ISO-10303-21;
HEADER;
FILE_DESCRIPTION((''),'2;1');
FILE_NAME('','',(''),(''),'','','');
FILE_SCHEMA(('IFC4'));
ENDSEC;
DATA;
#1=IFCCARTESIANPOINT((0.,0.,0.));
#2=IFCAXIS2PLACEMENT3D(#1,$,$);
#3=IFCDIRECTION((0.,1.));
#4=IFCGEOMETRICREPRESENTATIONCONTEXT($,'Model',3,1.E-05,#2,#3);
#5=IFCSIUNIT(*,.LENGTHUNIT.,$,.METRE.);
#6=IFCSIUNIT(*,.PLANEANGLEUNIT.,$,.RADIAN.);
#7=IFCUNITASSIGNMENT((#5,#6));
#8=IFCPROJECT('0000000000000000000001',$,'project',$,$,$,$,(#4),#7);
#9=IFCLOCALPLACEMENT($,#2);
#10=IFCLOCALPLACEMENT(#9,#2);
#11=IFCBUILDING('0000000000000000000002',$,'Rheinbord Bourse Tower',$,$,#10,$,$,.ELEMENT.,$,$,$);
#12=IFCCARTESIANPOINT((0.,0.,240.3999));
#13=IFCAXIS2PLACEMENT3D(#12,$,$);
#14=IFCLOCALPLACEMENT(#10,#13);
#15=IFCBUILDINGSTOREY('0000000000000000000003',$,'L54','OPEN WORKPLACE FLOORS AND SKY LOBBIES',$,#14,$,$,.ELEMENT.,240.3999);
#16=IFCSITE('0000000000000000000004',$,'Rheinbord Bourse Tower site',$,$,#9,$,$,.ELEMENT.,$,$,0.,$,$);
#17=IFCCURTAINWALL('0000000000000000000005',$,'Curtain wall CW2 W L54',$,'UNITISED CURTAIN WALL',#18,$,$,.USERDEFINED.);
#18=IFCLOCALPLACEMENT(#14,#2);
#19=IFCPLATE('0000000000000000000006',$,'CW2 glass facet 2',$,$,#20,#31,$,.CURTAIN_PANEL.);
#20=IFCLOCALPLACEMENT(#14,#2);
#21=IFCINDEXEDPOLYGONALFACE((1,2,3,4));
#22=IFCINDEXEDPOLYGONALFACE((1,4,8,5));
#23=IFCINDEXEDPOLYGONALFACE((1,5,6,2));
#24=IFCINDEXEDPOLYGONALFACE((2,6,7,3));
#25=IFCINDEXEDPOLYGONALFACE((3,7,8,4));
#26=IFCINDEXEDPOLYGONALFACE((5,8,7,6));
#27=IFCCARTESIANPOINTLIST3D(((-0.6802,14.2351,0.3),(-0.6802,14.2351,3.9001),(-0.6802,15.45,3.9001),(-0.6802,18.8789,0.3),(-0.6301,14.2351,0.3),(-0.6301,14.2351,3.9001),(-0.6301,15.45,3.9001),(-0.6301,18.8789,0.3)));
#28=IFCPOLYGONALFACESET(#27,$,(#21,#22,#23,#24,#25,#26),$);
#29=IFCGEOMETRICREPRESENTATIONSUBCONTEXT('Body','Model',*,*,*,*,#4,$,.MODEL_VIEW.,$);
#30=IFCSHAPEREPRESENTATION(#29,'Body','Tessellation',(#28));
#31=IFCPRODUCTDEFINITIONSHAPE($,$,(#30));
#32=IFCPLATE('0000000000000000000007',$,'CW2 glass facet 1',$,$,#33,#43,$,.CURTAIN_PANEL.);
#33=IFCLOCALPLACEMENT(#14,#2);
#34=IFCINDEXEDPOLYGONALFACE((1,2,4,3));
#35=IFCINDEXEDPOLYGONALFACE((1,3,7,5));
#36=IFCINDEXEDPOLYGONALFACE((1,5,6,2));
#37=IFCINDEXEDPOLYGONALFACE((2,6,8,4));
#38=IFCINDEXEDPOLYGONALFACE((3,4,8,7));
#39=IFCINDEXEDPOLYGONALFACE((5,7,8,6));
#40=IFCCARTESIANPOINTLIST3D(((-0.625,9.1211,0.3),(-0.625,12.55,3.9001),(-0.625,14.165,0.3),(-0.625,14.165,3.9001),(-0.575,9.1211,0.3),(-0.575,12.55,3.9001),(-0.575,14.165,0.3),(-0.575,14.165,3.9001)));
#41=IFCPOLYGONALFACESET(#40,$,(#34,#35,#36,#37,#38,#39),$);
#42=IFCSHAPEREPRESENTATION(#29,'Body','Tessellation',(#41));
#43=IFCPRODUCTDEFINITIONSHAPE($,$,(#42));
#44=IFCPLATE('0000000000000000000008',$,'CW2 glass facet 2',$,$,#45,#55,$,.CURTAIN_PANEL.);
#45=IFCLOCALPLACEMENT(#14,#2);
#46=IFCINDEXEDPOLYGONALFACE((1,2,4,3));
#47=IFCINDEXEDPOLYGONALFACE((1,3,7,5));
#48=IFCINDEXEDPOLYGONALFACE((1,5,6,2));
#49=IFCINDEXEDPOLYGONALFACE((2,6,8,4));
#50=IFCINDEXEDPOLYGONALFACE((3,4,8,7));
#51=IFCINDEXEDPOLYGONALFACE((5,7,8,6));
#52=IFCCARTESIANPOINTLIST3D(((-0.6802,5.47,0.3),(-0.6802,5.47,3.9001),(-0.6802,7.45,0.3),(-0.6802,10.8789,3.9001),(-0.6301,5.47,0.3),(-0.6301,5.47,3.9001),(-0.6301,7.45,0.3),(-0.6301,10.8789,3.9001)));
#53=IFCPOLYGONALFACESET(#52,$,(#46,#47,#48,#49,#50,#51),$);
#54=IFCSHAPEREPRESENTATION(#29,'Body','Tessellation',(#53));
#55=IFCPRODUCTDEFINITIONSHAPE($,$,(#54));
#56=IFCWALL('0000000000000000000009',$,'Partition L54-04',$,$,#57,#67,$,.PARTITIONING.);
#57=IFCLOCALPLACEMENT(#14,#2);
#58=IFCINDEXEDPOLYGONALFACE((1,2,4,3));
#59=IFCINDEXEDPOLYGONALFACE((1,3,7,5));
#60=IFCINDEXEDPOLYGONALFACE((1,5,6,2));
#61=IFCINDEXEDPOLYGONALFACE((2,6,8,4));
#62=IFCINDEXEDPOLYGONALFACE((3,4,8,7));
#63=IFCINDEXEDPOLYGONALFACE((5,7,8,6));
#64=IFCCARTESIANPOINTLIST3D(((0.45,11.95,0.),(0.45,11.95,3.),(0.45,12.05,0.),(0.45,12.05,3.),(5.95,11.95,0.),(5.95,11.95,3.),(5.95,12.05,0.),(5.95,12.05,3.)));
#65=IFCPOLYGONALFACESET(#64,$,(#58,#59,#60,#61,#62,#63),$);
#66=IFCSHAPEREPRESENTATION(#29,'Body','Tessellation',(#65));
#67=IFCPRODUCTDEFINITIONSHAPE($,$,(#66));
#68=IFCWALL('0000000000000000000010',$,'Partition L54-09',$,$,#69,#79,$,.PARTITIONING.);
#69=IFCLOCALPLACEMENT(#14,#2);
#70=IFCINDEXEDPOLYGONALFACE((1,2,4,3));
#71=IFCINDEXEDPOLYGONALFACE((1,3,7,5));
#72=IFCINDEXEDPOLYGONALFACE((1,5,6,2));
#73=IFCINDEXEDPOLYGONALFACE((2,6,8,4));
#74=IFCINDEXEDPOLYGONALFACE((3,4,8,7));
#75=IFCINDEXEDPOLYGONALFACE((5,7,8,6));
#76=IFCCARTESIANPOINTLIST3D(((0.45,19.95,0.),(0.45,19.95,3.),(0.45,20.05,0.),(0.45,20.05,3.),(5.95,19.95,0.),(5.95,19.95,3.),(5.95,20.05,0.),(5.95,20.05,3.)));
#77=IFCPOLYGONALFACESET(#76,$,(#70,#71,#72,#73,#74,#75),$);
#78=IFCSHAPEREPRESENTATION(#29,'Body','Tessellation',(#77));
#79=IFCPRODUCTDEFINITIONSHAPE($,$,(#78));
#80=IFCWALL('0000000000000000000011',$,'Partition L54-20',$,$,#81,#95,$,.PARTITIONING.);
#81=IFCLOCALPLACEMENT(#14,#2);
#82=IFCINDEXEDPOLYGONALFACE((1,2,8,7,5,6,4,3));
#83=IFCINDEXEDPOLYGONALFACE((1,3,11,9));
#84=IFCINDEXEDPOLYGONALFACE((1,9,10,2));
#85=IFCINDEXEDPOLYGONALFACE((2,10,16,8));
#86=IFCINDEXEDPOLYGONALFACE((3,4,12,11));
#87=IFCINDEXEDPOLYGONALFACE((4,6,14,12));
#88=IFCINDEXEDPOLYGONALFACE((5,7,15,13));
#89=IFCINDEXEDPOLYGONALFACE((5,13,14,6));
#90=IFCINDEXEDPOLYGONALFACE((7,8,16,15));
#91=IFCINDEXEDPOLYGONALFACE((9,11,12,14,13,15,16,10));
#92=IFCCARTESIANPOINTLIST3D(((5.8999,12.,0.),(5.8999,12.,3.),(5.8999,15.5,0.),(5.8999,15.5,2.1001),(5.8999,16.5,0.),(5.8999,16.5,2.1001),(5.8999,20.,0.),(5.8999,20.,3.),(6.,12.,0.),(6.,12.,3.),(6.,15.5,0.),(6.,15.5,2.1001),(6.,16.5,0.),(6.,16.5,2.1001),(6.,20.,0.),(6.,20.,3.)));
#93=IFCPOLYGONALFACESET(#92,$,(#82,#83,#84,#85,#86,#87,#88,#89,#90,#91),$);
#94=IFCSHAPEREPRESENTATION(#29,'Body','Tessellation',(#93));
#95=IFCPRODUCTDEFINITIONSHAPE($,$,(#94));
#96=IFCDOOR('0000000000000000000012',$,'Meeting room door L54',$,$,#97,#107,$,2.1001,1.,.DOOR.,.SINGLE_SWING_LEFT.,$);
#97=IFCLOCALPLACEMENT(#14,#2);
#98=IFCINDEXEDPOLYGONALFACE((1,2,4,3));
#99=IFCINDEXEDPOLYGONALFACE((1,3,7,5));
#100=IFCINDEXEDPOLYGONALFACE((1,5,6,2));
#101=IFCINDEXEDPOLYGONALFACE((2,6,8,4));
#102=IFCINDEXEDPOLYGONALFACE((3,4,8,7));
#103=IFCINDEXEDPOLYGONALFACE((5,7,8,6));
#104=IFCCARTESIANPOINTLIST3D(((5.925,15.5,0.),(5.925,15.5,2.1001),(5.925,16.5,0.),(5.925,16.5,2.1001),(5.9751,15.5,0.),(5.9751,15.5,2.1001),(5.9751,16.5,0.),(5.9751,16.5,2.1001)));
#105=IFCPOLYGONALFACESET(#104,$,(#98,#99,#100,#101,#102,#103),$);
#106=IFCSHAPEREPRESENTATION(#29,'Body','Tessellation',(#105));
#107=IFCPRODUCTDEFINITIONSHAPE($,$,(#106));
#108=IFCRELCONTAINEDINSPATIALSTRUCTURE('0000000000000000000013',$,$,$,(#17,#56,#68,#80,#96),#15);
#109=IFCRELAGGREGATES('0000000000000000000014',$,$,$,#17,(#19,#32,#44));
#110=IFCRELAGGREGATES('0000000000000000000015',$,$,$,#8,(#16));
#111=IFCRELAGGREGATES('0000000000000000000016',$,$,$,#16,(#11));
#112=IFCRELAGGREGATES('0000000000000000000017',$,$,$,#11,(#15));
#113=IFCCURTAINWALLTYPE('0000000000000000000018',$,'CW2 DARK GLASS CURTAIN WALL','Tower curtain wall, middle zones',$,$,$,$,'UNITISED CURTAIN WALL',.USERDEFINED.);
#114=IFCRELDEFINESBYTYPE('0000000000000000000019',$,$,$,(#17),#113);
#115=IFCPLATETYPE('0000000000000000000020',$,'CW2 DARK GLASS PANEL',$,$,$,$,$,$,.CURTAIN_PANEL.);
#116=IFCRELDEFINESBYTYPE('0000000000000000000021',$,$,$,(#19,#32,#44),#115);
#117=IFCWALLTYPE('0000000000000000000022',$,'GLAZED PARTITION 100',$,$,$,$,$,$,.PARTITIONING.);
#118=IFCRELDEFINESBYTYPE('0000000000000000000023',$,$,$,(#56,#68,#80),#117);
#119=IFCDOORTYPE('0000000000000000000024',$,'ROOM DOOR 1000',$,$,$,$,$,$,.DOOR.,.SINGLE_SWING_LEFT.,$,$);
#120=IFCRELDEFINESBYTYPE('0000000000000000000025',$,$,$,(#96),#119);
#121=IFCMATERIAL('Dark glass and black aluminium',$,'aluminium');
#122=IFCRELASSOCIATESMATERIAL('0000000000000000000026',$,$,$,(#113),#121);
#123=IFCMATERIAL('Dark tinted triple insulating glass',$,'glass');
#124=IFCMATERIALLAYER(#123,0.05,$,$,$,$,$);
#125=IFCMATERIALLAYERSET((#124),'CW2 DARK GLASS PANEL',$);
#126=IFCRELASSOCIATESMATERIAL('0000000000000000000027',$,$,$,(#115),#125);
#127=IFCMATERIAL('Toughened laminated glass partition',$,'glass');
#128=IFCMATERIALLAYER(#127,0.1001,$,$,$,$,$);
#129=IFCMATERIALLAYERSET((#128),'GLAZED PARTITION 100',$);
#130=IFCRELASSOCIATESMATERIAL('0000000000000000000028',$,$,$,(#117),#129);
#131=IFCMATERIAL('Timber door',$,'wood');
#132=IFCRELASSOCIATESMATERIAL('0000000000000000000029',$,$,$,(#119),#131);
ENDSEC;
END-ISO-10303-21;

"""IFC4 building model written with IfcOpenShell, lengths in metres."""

from ifc_helpers import new_model, si_unit, direction, frame, frame_2d, origin, place, context, subcontext, project, spatial, polyline, rectangle, outline, extrude, material, layer, layer_set, type_object, element, fill, aggregate, save


model = new_model("IFC4")

# Units and contexts
model_context = context("Model", 3, precision=1e-05, world=origin(), true_north=direction((0.0, 1.0)))
body_context = subcontext(model_context, "Body", "Model", "MODEL_VIEW")
ifc_project = project(units=[si_unit("LENGTHUNIT", "METRE"), si_unit("PLANEANGLEUNIT", "RADIAN")], contexts=[model_context])

# Site, building, storey
site_placement = place(None, origin())
site = spatial("IfcSite", under=ifc_project, at=site_placement, Name="Rheinbord Bourse Tower site", CompositionType="ELEMENT", RefElevation=0.0)
building_placement = place(site_placement, origin())
building = spatial("IfcBuilding", under=site, at=building_placement, Name="Rheinbord Bourse Tower", CompositionType="ELEMENT")
storey_placement = place(building_placement, frame((0.0, 0.0, 240.3999)))
storey = spatial("IfcBuildingStorey", under=building, at=storey_placement, Name="L54", Description="OPEN WORKPLACE FLOORS AND SKY LOBBIES", CompositionType="ELEMENT", Elevation=240.3999)

# Curtain wall
ifc_material_1 = material(Name="Dark glass and black aluminium", Category="aluminium")
curtain_wall_type = type_object("IfcCurtainWallType", Name="CW2 DARK GLASS CURTAIN WALL", Description="Tower curtain wall, middle zones", ElementType="UNITISED CURTAIN WALL", PredefinedType="USERDEFINED", material=ifc_material_1)
curtain_wall_placement = place(storey_placement, origin())
curtain_wall = element("IfcCurtainWall", 1, at=curtain_wall_placement, inside=storey, type_object=curtain_wall_type, Name="Curtain wall CW2 W L54", ObjectType="UNITISED CURTAIN WALL", PredefinedType="USERDEFINED")

# Plates
ifc_material_2 = material(Name="Dark tinted triple insulating glass", Category="glass")
ifc_layer_1 = layer(ifc_material_2, 0.05)
ifc_layer_set_1 = layer_set([ifc_layer_1], Name="CW2 DARK GLASS PANEL")
plate_type = type_object("IfcPlateType", Name="CW2 DARK GLASS PANEL", PredefinedType="CURTAIN_PANEL", material=ifc_layer_set_1)
plate_1_placement = place(storey_placement, frame((-0.6802, 14.2351, 3.9001), z_axis=(1.0, 0.0, 0.0), x_axis=(0.0, 0.0, -1.0)))
plate_1 = element("IfcPlate", 2, at=plate_1_placement, type_object=plate_type, Name="CW2 glass facet 2", PredefinedType="CURTAIN_PANEL", context=body_context, shape_type="SweptSolid", body=[
    extrude(outline(polyline([(0.0, 0.0), (3.6001, 0.0), (3.6001, 4.6438), (0.0, 1.2148), (0.0, 0.0)])), origin(), (0.0, 0.0, 1.0), 0.05),
])
plate_2_placement = place(storey_placement, frame((-0.625, 14.165, 0.3), z_axis=(1.0, 0.0, 0.0), x_axis=(0.0, 0.0, 1.0)))
plate_2 = element("IfcPlate", 3, at=plate_2_placement, type_object=plate_type, Name="CW2 glass facet 1", PredefinedType="CURTAIN_PANEL", context=body_context, shape_type="SweptSolid", body=[
    extrude(outline(polyline([(0.0, 0.0), (3.6001, 0.0), (3.6001, 1.615), (0.0, 5.0439), (0.0, 0.0)])), origin(), (0.0, 0.0, 1.0), 0.05),
])
plate_3_placement = place(storey_placement, frame((-0.6802, 5.47, 3.9001), z_axis=(1.0, 0.0, 0.0), x_axis=(0.0, 0.0, -1.0)))
plate_3 = element("IfcPlate", 4, at=plate_3_placement, type_object=plate_type, Name="CW2 glass facet 2", PredefinedType="CURTAIN_PANEL", context=body_context, shape_type="SweptSolid", body=[
    extrude(outline(polyline([(0.0, 0.0), (3.6001, 0.0), (3.6001, 1.98), (0.0, 5.4089), (0.0, 0.0)])), origin(), (0.0, 0.0, 1.0), 0.05),
])
aggregate(curtain_wall, [plate_1, plate_2, plate_3])

# Walls
ifc_material_3 = material(Name="Toughened laminated glass partition", Category="glass")
ifc_layer_2 = layer(ifc_material_3, 0.1001)
ifc_layer_set_2 = layer_set([ifc_layer_2], Name="GLAZED PARTITION 100")
wall_type = type_object("IfcWallType", Name="GLAZED PARTITION 100", PredefinedType="PARTITIONING", material=ifc_layer_set_2)
for number, where, z_axis, x_axis, name in (
    (5, (0.45, 12.0, 0.0), (0.0, 0.0, 1.0), (1.0, 0.0, 0.0), "Partition L54-04"),
    (6, (0.45, 20.0, 0.0), (0.0, 0.0, 1.0), (1.0, 0.0, 0.0), "Partition L54-09"),
):
    element("IfcWall", number, at=place(storey_placement, frame(where, z_axis=z_axis, x_axis=x_axis)), inside=storey, type_object=wall_type, Name=name, PredefinedType="PARTITIONING", context=body_context, shape_type="SweptSolid", body=[
        extrude(rectangle(XDim=5.5, YDim=0.1001, at=frame_2d((2.75, 0.0))), origin(), (0.0, 0.0, 1.0), 3.0),
    ])

# Wall, opening, door
wall_placement = place(storey_placement, frame((5.95, 12.0, 0.0), z_axis=(0.0, 0.0, 1.0), x_axis=(0.0, 1.0, 0.0)))
wall = element("IfcWall", 7, at=wall_placement, inside=storey, type_object=wall_type, Name="Partition L54-20", PredefinedType="PARTITIONING", context=body_context, shape_type="SweptSolid", body=[
    extrude(rectangle(XDim=8.0, YDim=0.1001, at=frame_2d((4.0, 0.0))), origin(), (0.0, 0.0, 1.0), 3.0),
])
opening_placement = place(wall_placement, frame((3.5, 0.0, 0.0)))
opening = element("IfcOpeningElement", 8, at=opening_placement, cuts=wall, PredefinedType="OPENING", context=body_context, shape_type="SweptSolid", body=[
    extrude(rectangle(XDim=1.0, YDim=2.1001, at=frame_2d((0.5, 1.05))), frame((0.0, 0.0601, 0.0), z_axis=(0.0, -1.0, 0.0), x_axis=(1.0, 0.0, 0.0)), (0.0, 0.0, 1.0), 0.1201),
])
ifc_material_4 = material(Name="Timber door", Category="wood")
door_type = type_object("IfcDoorType", Name="ROOM DOOR 1000", OperationType="SINGLE_SWING_LEFT", PredefinedType="DOOR", material=ifc_material_4)
door_placement = place(opening_placement, origin())
door = element("IfcDoor", 9, at=door_placement, inside=storey, type_object=door_type, Name="Meeting room door L54", OperationType="SINGLE_SWING_LEFT", OverallHeight=2.1001, OverallWidth=1.0, PredefinedType="DOOR", context=body_context, shape_type="SweptSolid", body=[
    extrude(rectangle(XDim=1.0, YDim=2.1001, at=frame_2d((0.5, 1.05))), frame((0.0, 0.0249, 0.0), z_axis=(0.0, -1.0, 0.0), x_axis=(1.0, 0.0, 0.0)), (0.0, 0.0, 1.0), 0.05),
])
fill(opening, door)

save(model, "model.ifc")
